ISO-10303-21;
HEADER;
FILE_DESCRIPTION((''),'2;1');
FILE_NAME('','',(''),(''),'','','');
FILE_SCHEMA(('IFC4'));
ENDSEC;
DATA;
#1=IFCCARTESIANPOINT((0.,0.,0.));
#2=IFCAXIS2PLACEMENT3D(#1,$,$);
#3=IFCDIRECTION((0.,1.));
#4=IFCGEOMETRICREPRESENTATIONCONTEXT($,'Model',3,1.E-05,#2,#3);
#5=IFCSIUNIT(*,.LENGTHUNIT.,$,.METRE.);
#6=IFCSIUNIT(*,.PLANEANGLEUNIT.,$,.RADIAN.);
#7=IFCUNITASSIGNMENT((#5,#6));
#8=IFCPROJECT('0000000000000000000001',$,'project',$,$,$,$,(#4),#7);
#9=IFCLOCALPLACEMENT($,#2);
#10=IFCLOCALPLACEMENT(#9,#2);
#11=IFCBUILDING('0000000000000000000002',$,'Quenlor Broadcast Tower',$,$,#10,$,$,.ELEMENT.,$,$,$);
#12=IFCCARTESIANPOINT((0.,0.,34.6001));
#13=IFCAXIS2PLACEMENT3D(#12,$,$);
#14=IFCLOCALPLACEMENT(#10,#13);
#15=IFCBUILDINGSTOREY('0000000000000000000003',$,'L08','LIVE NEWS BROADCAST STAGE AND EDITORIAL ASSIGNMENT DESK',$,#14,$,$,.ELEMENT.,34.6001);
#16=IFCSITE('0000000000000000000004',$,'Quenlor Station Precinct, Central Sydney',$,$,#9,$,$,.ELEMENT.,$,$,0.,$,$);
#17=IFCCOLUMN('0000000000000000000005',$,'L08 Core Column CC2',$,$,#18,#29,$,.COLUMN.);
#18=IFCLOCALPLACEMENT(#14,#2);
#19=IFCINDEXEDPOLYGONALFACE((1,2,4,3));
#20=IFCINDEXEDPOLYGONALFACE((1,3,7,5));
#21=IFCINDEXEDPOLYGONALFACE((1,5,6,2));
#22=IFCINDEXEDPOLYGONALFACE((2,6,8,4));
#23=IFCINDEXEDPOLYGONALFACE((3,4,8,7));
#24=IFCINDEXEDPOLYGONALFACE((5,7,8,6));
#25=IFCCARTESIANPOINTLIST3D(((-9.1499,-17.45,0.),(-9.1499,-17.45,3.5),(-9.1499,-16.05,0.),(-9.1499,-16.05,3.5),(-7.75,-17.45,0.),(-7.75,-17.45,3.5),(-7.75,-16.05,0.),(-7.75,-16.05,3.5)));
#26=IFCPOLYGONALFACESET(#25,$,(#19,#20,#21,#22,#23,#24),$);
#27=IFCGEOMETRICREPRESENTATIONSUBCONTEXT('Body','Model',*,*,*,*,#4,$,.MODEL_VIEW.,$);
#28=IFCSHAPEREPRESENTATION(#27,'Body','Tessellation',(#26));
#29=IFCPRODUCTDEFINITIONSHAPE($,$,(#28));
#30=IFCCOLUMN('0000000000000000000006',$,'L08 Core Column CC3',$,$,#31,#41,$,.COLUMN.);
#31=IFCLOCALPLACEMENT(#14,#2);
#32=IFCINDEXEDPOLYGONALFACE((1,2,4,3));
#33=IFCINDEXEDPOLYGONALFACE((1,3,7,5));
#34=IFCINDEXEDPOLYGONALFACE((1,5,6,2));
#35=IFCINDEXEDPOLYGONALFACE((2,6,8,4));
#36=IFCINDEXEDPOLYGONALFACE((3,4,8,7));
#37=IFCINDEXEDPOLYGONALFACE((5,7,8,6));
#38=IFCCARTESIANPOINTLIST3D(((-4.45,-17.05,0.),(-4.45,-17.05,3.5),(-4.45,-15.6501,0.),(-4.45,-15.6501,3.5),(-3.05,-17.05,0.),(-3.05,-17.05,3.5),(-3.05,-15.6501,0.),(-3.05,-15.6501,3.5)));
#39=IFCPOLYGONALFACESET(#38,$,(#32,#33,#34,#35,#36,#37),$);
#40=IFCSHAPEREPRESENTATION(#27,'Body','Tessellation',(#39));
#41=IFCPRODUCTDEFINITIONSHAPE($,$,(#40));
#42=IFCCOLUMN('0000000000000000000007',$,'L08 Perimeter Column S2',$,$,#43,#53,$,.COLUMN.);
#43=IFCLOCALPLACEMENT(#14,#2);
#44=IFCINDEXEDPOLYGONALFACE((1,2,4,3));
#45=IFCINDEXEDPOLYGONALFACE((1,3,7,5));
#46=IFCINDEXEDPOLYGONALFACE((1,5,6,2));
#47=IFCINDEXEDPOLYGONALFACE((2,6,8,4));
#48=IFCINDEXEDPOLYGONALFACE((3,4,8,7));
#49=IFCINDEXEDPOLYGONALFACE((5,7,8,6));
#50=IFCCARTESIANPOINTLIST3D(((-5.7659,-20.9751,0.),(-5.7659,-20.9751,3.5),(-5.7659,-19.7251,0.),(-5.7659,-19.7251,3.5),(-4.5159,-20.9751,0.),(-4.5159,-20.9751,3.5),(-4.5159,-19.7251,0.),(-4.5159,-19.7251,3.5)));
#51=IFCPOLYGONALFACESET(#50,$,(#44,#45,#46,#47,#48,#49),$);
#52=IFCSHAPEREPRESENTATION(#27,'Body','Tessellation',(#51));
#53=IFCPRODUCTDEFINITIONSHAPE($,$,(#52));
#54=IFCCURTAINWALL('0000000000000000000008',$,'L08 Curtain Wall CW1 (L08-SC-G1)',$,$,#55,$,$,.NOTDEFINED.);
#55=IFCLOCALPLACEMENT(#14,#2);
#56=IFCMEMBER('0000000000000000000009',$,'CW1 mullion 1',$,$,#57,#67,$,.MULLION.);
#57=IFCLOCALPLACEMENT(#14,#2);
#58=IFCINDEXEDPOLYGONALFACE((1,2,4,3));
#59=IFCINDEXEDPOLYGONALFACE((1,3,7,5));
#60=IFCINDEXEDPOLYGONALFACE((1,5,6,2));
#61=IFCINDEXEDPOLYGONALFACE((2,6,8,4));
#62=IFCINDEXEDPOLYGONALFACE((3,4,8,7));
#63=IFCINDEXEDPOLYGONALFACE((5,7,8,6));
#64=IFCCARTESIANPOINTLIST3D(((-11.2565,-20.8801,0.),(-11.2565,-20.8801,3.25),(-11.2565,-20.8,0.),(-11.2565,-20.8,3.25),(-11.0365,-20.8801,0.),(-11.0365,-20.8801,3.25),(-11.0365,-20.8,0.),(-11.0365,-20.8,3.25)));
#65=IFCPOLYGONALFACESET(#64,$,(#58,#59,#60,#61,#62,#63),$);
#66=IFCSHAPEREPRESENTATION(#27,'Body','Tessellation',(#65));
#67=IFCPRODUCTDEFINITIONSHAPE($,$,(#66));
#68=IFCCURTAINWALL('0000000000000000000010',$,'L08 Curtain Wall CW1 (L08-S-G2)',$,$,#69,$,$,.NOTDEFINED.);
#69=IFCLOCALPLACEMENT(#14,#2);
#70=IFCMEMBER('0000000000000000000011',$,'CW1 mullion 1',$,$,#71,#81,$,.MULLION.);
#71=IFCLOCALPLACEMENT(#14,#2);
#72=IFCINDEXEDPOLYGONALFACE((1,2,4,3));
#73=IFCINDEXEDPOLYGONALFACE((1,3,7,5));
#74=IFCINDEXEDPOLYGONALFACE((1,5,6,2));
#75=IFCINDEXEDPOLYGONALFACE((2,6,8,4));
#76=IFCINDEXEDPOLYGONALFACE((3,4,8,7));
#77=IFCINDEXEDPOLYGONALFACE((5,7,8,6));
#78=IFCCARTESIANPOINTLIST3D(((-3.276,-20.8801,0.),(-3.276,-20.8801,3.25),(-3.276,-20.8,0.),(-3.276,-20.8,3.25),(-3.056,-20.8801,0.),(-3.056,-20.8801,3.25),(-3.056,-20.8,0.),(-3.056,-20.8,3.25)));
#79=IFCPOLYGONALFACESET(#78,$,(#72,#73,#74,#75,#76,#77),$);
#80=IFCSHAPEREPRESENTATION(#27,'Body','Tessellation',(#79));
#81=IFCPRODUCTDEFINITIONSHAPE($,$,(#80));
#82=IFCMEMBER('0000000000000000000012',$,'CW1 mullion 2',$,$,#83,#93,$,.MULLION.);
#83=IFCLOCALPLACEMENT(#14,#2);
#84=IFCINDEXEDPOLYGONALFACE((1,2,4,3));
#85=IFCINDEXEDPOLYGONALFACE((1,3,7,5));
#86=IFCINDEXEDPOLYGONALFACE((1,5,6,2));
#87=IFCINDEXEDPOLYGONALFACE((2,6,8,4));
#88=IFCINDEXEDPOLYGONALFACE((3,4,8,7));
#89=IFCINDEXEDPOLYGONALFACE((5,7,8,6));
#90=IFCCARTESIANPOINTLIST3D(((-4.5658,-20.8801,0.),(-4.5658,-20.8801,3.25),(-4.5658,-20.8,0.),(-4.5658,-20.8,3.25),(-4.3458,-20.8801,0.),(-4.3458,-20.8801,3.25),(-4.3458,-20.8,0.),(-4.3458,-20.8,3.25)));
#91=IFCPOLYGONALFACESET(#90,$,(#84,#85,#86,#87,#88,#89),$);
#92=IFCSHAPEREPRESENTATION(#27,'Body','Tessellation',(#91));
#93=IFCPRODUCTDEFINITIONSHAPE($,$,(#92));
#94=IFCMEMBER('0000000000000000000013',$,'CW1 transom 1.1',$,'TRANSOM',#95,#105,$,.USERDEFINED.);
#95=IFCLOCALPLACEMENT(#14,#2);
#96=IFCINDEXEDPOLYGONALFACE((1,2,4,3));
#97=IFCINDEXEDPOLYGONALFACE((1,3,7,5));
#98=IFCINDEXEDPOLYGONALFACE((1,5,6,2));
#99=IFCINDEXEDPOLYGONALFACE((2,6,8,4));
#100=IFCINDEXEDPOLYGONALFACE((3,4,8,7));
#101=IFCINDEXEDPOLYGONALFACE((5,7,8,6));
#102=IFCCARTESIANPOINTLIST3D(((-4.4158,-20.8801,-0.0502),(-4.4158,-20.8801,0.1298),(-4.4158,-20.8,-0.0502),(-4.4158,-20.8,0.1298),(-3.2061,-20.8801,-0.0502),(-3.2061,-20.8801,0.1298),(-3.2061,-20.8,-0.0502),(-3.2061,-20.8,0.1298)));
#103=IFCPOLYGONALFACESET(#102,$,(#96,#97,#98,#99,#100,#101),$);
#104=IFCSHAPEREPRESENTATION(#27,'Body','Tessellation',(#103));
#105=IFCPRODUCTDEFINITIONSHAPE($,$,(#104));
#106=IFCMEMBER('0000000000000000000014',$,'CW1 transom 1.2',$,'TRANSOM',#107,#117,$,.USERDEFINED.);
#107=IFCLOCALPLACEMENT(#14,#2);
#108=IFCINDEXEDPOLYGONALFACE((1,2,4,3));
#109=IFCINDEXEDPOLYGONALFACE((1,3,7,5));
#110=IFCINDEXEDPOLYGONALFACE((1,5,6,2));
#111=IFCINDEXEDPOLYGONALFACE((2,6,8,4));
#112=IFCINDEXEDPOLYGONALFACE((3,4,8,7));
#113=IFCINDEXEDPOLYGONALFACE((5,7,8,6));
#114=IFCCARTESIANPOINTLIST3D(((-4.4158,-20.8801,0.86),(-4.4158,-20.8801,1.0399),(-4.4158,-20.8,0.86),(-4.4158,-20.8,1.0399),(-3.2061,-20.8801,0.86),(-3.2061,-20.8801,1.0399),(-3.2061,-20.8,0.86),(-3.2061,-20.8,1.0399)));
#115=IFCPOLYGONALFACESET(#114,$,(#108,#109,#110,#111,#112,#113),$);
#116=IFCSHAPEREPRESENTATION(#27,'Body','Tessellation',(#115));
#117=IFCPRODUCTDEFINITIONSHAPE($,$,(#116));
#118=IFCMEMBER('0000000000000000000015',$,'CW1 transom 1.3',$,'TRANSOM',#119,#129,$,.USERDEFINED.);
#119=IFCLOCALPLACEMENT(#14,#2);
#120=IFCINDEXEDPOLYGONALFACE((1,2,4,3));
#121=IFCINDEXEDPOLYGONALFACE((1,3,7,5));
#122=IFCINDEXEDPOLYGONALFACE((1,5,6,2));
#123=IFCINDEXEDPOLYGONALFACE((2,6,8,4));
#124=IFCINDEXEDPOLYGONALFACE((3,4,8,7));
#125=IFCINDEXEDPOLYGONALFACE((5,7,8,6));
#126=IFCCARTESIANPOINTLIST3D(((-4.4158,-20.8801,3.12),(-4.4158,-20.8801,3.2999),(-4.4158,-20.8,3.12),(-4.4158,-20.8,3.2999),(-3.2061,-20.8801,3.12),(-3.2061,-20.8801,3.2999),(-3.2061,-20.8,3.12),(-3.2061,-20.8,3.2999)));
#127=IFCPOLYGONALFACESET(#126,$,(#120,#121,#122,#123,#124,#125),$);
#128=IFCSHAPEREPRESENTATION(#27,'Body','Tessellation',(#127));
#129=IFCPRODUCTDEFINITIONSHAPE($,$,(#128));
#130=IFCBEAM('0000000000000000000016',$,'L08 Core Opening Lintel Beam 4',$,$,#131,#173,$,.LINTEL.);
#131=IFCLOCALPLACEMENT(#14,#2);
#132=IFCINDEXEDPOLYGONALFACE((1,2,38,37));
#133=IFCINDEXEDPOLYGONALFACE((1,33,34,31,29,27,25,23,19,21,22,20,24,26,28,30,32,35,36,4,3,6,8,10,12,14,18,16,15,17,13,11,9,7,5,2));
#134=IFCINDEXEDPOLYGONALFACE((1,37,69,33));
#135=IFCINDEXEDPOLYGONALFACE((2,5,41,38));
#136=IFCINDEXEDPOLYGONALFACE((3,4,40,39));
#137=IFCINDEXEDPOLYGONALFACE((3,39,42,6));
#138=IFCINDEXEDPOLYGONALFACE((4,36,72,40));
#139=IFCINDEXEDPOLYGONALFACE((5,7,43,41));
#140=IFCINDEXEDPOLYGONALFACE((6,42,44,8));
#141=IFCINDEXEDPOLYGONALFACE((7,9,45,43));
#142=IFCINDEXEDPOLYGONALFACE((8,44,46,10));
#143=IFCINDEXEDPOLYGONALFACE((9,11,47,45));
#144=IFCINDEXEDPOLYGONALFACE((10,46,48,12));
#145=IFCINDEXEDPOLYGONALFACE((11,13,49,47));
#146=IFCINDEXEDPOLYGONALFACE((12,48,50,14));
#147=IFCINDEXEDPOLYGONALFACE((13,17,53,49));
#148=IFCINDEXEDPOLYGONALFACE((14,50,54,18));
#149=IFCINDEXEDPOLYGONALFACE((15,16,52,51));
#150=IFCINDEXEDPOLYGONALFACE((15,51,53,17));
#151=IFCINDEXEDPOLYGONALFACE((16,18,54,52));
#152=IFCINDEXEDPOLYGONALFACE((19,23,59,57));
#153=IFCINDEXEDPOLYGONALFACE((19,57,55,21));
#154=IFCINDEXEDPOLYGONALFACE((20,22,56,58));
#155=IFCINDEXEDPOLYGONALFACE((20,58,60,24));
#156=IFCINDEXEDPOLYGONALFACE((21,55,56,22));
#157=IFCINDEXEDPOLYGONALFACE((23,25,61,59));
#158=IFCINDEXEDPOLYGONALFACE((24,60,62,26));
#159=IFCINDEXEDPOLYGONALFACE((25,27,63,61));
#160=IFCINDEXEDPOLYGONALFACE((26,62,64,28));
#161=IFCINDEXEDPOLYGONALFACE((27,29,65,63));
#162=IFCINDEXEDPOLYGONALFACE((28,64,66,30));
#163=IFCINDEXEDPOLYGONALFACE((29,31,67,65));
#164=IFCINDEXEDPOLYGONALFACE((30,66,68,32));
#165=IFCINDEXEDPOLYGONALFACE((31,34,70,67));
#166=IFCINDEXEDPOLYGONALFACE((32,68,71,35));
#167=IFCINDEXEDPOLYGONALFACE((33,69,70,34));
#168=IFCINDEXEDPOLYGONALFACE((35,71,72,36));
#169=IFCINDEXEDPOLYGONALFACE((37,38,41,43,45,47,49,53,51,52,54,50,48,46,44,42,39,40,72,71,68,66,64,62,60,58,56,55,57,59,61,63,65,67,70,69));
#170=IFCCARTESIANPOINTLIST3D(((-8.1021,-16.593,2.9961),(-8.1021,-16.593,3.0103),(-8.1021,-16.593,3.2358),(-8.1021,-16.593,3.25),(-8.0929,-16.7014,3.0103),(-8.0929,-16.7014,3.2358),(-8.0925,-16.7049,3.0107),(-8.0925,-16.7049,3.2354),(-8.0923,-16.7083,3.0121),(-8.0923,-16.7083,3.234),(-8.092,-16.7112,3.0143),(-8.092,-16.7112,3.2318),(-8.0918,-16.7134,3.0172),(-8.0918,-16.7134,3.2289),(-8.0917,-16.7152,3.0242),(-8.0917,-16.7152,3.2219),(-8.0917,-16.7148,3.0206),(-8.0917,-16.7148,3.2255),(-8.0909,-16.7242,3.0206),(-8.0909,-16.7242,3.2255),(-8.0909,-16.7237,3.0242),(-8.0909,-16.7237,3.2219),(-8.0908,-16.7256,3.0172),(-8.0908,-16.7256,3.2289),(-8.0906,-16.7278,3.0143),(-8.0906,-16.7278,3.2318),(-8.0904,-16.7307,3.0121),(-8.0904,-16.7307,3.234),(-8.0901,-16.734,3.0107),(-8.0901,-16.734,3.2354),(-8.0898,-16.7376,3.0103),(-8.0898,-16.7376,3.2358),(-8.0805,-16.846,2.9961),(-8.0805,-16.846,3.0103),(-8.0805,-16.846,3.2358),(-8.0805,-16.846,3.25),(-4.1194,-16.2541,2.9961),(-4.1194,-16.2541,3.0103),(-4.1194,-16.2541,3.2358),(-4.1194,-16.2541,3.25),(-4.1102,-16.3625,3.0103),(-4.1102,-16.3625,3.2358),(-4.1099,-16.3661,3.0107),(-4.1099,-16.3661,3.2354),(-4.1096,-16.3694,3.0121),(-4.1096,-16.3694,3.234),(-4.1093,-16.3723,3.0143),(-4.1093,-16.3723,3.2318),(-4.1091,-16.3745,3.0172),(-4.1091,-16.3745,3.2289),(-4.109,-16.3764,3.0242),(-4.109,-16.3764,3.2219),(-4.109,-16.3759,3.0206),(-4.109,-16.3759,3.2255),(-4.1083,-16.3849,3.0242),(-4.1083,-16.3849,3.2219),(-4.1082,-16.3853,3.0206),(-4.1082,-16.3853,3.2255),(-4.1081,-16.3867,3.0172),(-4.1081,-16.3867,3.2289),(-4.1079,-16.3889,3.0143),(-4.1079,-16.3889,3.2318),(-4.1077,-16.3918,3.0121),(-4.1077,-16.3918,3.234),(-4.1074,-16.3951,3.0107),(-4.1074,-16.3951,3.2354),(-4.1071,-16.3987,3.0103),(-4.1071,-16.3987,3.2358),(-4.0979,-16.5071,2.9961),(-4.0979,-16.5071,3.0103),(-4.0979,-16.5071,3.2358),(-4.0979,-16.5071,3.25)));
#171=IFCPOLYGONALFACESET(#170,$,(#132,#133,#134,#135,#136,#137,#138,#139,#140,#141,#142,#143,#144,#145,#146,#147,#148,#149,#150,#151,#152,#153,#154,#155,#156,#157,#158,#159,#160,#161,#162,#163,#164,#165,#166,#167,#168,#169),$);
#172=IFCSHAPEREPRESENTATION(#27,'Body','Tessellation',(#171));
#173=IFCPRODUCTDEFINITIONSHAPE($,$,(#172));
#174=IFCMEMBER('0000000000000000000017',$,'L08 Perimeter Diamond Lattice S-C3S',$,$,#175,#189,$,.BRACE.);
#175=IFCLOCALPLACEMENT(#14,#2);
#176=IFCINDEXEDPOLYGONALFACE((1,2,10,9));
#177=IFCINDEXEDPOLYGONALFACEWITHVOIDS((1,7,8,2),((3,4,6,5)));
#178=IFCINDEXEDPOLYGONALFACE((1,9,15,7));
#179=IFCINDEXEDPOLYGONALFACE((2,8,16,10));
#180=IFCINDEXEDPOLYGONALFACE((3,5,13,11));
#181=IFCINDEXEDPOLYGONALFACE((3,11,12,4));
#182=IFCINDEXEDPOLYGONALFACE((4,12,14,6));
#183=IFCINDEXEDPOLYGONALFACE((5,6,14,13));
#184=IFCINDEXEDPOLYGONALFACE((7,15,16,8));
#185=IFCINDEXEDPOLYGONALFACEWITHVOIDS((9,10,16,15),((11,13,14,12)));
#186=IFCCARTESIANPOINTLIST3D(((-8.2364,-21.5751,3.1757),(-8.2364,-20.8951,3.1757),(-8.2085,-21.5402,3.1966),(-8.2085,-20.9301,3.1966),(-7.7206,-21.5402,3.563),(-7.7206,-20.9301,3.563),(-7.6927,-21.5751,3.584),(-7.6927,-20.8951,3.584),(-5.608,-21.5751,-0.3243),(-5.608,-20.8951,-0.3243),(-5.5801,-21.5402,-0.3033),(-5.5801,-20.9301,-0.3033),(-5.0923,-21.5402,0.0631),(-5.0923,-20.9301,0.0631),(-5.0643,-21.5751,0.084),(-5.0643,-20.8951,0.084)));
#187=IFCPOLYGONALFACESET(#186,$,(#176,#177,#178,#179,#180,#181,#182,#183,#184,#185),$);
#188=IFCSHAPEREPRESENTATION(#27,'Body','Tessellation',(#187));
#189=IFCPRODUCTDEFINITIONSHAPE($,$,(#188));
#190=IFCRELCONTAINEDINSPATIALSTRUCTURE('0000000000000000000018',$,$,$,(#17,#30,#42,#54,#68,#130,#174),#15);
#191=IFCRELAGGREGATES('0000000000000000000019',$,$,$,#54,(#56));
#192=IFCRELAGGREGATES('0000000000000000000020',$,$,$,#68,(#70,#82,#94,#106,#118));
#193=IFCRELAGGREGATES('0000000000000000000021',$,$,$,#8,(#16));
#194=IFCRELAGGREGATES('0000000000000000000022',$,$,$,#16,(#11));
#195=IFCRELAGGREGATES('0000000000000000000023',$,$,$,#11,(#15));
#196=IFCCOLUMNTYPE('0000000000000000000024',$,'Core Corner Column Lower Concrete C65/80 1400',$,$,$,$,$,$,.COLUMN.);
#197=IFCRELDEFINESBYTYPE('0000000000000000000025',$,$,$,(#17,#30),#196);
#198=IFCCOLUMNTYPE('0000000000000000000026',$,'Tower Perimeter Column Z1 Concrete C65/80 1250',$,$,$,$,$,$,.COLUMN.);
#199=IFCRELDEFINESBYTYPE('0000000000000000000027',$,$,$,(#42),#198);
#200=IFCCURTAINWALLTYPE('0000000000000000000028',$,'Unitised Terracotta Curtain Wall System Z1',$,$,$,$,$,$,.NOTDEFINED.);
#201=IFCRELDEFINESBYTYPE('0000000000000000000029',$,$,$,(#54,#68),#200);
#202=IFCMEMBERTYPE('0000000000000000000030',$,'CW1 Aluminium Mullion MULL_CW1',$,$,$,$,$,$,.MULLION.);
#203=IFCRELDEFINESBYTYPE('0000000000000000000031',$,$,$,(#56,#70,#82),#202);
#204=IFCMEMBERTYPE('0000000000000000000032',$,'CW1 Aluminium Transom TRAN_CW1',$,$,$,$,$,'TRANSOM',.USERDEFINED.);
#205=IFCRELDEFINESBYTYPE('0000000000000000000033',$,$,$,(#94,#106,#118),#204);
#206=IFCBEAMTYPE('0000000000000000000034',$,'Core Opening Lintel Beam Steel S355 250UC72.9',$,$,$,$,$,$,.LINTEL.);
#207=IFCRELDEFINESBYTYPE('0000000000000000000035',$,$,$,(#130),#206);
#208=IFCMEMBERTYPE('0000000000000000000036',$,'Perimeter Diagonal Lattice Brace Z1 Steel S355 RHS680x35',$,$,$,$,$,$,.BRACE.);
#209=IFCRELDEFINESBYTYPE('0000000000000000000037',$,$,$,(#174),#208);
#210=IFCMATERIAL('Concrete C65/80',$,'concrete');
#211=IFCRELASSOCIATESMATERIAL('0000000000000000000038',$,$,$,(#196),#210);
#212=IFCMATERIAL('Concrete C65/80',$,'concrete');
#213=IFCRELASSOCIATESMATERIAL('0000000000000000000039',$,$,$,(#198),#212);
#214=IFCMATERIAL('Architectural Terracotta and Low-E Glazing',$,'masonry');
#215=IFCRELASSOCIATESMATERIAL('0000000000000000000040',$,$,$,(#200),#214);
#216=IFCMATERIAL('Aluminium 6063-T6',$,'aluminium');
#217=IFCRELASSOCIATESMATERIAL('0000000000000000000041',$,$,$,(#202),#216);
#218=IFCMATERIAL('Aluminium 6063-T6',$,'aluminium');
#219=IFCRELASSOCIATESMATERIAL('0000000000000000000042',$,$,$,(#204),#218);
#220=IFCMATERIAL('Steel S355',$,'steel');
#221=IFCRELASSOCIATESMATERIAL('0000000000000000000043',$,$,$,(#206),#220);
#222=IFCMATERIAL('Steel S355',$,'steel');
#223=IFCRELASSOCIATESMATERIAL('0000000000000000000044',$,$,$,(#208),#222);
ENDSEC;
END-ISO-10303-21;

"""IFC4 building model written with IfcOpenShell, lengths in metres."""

from ifc_helpers import new_model, si_unit, direction, frame, origin, origin_2d, place, context, subcontext, project, spatial, rectangle, hollow_rectangle, i_section, extrude, material, material_profile, profile_set, type_object, element, aggregate, save


model = new_model("IFC4")

# Units and contexts
model_context = context("Model", 3, precision=1e-05, world=origin(), true_north=direction((0.0, 1.0)))
body_context = subcontext(model_context, "Body", "Model", "MODEL_VIEW")
ifc_project = project(units=[si_unit("LENGTHUNIT", "METRE"), si_unit("PLANEANGLEUNIT", "RADIAN")], contexts=[model_context])

# Site, building, storey
site_placement = place(None, origin())
site = spatial("IfcSite", under=ifc_project, at=site_placement, Name="Quenlor Station Precinct, Central Sydney", CompositionType="ELEMENT", RefElevation=0.0)
building_placement = place(site_placement, origin())
building = spatial("IfcBuilding", under=site, at=building_placement, Name="Quenlor Broadcast Tower", CompositionType="ELEMENT")
storey_placement = place(building_placement, frame((0.0, 0.0, 34.6001)))
storey = spatial("IfcBuildingStorey", under=building, at=storey_placement, Name="L08", Description="LIVE NEWS BROADCAST STAGE AND EDITORIAL ASSIGNMENT DESK", CompositionType="ELEMENT", Elevation=34.6001)

# Columns
ifc_material_1 = material(Name="Concrete C65/80", Category="concrete")
ifc_material_profile_1 = material_profile(ifc_material_1, rectangle(XDim=1.3999, YDim=1.3999, at=origin_2d()))
ifc_profile_set_1 = profile_set([ifc_material_profile_1], Name="Concrete C65/80 RC1400x1400")
column_type_1 = type_object("IfcColumnType", Name="Core Corner Column Lower Concrete C65/80 1400", PredefinedType="COLUMN", material=ifc_profile_set_1)
for number, where, z_axis, x_axis, name in (
    (1, (-8.45, -16.75, 0.0), (0.0, 0.0, 1.0), (1.0, 0.0, 0.0), "L08 Core Column CC2"),
    (2, (-3.75, -16.3501, 0.0), (0.0, 0.0, 1.0), (1.0, 0.0, 0.0), "L08 Core Column CC3"),
):
    element("IfcColumn", number, at=place(storey_placement, frame(where, z_axis=z_axis, x_axis=x_axis)), inside=storey, type_object=column_type_1, Name=name, PredefinedType="COLUMN", context=body_context, shape_type="SweptSolid", body=[
        extrude(rectangle(XDim=1.3999, YDim=1.3999, at=origin_2d()), origin(), (0.0, 0.0, 1.0), 3.5),
    ])
ifc_material_2 = material(Name="Concrete C65/80", Category="concrete")
ifc_material_profile_2 = material_profile(ifc_material_2, rectangle(XDim=1.25, YDim=1.25, at=origin_2d()))
ifc_profile_set_2 = profile_set([ifc_material_profile_2], Name="Concrete C65/80 RC1250x1250")
column_type_2 = type_object("IfcColumnType", Name="Tower Perimeter Column Z1 Concrete C65/80 1250", PredefinedType="COLUMN", material=ifc_profile_set_2)
column_placement = place(storey_placement, frame((-5.1409, -20.3501, 0.0), z_axis=(0.0, 0.0, 1.0), x_axis=(0.0, 1.0, 0.0)))
element("IfcColumn", 3, at=column_placement, inside=storey, type_object=column_type_2, Name="L08 Perimeter Column S2", PredefinedType="COLUMN", context=body_context, shape_type="SweptSolid", body=[
    extrude(rectangle(XDim=1.25, YDim=1.25, at=origin_2d()), origin(), (0.0, 0.0, 1.0), 3.5),
])

# Curtain wall, member
ifc_material_3 = material(Name="Architectural Terracotta and Low-E Glazing", Category="masonry")
curtain_wall_type = type_object("IfcCurtainWallType", Name="Unitised Terracotta Curtain Wall System Z1", PredefinedType="NOTDEFINED", material=ifc_material_3)
curtain_wall_1_placement = place(storey_placement, origin())
curtain_wall_1 = element("IfcCurtainWall", 4, at=curtain_wall_1_placement, inside=storey, type_object=curtain_wall_type, Name="L08 Curtain Wall CW1 (L08-SC-G1)", PredefinedType="NOTDEFINED")
ifc_material_4 = material(Name="Aluminium 6063-T6", Category="aluminium")
ifc_material_profile_3 = material_profile(ifc_material_4, rectangle(XDim=0.0801, YDim=0.22, at=origin_2d()))
ifc_profile_set_3 = profile_set([ifc_material_profile_3], Name="Aluminium 6063-T6 MULL80x220")
member_type_1 = type_object("IfcMemberType", Name="CW1 Aluminium Mullion MULL_CW1", PredefinedType="MULLION", material=ifc_profile_set_3)
member_1_placement = place(storey_placement, frame((-11.1465, -20.8401, 0.0), z_axis=(0.0, 0.0, 1.0), x_axis=(0.0, -1.0, 0.0)))
member_1 = element("IfcMember", 5, at=member_1_placement, type_object=member_type_1, Name="CW1 mullion 1", PredefinedType="MULLION", context=body_context, shape_type="SweptSolid", body=[
    extrude(rectangle(XDim=0.0801, YDim=0.22, at=origin_2d()), origin(), (0.0, 0.0, 1.0), 3.25),
])
aggregate(curtain_wall_1, [member_1])

# Curtain wall, members
curtain_wall_2_placement = place(storey_placement, origin())
curtain_wall_2 = element("IfcCurtainWall", 6, at=curtain_wall_2_placement, inside=storey, type_object=curtain_wall_type, Name="L08 Curtain Wall CW1 (L08-S-G2)", PredefinedType="NOTDEFINED")
member_2_placement = place(storey_placement, frame((-3.166, -20.8401, 0.0), z_axis=(0.0, 0.0, 1.0), x_axis=(0.0, -1.0, 0.0)))
member_2 = element("IfcMember", 7, at=member_2_placement, type_object=member_type_1, Name="CW1 mullion 1", PredefinedType="MULLION", context=body_context, shape_type="SweptSolid", body=[
    extrude(rectangle(XDim=0.0801, YDim=0.22, at=origin_2d()), origin(), (0.0, 0.0, 1.0), 3.25),
])
member_3_placement = place(storey_placement, frame((-4.4558, -20.8401, 0.0), z_axis=(0.0, 0.0, 1.0), x_axis=(0.0, -1.0, 0.0)))
member_3 = element("IfcMember", 8, at=member_3_placement, type_object=member_type_1, Name="CW1 mullion 2", PredefinedType="MULLION", context=body_context, shape_type="SweptSolid", body=[
    extrude(rectangle(XDim=0.0801, YDim=0.22, at=origin_2d()), origin(), (0.0, 0.0, 1.0), 3.25),
])
ifc_material_5 = material(Name="Aluminium 6063-T6", Category="aluminium")
ifc_material_profile_4 = material_profile(ifc_material_5, rectangle(XDim=0.0801, YDim=0.1799, at=origin_2d()))
ifc_profile_set_4 = profile_set([ifc_material_profile_4], Name="Aluminium 6063-T6 TRAN80x180")
member_type_2 = type_object("IfcMemberType", Name="CW1 Aluminium Transom TRAN_CW1", ElementType="TRANSOM", PredefinedType="USERDEFINED", material=ifc_profile_set_4)
member_4_placement = place(storey_placement, frame((-3.2061, -20.8401, 0.0398), z_axis=(-1.0, 0.0, 0.0), x_axis=(0.0, -1.0, 0.0)))
member_4 = element("IfcMember", 9, at=member_4_placement, type_object=member_type_2, Name="CW1 transom 1.1", ObjectType="TRANSOM", PredefinedType="USERDEFINED", context=body_context, shape_type="SweptSolid", body=[
    extrude(rectangle(XDim=0.0801, YDim=0.1799, at=origin_2d()), origin(), (0.0, 0.0, 1.0), 1.2097),
])
member_5_placement = place(storey_placement, frame((-3.2061, -20.8401, 0.95), z_axis=(-1.0, 0.0, 0.0), x_axis=(0.0, -1.0, 0.0)))
member_5 = element("IfcMember", 10, at=member_5_placement, type_object=member_type_2, Name="CW1 transom 1.2", ObjectType="TRANSOM", PredefinedType="USERDEFINED", context=body_context, shape_type="SweptSolid", body=[
    extrude(rectangle(XDim=0.0801, YDim=0.1799, at=origin_2d()), origin(), (0.0, 0.0, 1.0), 1.2097),
])
member_6_placement = place(storey_placement, frame((-3.2061, -20.8401, 3.21), z_axis=(-1.0, 0.0, 0.0), x_axis=(0.0, -1.0, 0.0)))
member_6 = element("IfcMember", 11, at=member_6_placement, type_object=member_type_2, Name="CW1 transom 1.3", ObjectType="TRANSOM", PredefinedType="USERDEFINED", context=body_context, shape_type="SweptSolid", body=[
    extrude(rectangle(XDim=0.0801, YDim=0.1799, at=origin_2d()), origin(), (0.0, 0.0, 1.0), 1.2097),
])

# Beam
ifc_material_6 = material(Name="Steel S355", Category="steel")
ifc_material_profile_5 = material_profile(ifc_material_6, i_section(OverallWidth=0.2539, OverallDepth=0.2539, WebThickness=0.0085, FlangeThickness=0.0142, FilletRadius=0.0139, at=origin_2d()))
ifc_profile_set_5 = profile_set([ifc_material_profile_5], Name="Steel S355 250UC72.9")
beam_type_1 = type_object("IfcBeamType", Name="Core Opening Lintel Beam Steel S355 250UC72.9", PredefinedType="LINTEL", material=ifc_profile_set_5)
beam_1_placement = place(storey_placement, frame((-8.0913, -16.7195, 3.123), z_axis=(0.9964, 0.084779, 0.0), x_axis=(-0.084779, 0.9964, 0.0)))
element("IfcBeam", 12, at=beam_1_placement, inside=storey, type_object=beam_type_1, Name="L08 Core Opening Lintel Beam 4", PredefinedType="LINTEL", context=body_context, shape_type="SweptSolid", body=[
    extrude(i_section(OverallWidth=0.2539, OverallDepth=0.2539, WebThickness=0.0085, FlangeThickness=0.0142, FilletRadius=0.0139, at=origin_2d()), origin(), (0.0, 0.0, 1.0), 3.9971),
])

# Member
ifc_material_7 = material(Name="Steel S355", Category="steel")
ifc_material_profile_6 = material_profile(ifc_material_7, hollow_rectangle(XDim=0.6799, YDim=0.6799, WallThickness=0.0349, at=origin_2d()))
ifc_profile_set_6 = profile_set([ifc_material_profile_6], Name="Steel S355 RHS680x680x35")
member_type_3 = type_object("IfcMemberType", Name="Perimeter Diagonal Lattice Brace Z1 Steel S355 RHS680x35", PredefinedType="BRACE", material=ifc_profile_set_6)
for number, where, z_axis, x_axis, name in (
    (13, (-5.3362, -21.2351, -0.1201), (-0.6005, 0.0, 0.799625), (0.0, -1.0, 0.0), "L08 Perimeter Diamond Lattice S-C3S"),
):
    element("IfcMember", number, at=place(storey_placement, frame(where, z_axis=z_axis, x_axis=x_axis)), inside=storey, type_object=member_type_3, Name=name, PredefinedType="BRACE", context=body_context, shape_type="SweptSolid", body=[
        extrude(hollow_rectangle(XDim=0.6799, YDim=0.6799, WallThickness=0.0349, at=origin_2d()), origin(), (0.0, 0.0, 1.0), 4.377),
    ])

aggregate(curtain_wall_2, [member_2, member_3, member_4, member_5, member_6])

save(model, "model.ifc")
